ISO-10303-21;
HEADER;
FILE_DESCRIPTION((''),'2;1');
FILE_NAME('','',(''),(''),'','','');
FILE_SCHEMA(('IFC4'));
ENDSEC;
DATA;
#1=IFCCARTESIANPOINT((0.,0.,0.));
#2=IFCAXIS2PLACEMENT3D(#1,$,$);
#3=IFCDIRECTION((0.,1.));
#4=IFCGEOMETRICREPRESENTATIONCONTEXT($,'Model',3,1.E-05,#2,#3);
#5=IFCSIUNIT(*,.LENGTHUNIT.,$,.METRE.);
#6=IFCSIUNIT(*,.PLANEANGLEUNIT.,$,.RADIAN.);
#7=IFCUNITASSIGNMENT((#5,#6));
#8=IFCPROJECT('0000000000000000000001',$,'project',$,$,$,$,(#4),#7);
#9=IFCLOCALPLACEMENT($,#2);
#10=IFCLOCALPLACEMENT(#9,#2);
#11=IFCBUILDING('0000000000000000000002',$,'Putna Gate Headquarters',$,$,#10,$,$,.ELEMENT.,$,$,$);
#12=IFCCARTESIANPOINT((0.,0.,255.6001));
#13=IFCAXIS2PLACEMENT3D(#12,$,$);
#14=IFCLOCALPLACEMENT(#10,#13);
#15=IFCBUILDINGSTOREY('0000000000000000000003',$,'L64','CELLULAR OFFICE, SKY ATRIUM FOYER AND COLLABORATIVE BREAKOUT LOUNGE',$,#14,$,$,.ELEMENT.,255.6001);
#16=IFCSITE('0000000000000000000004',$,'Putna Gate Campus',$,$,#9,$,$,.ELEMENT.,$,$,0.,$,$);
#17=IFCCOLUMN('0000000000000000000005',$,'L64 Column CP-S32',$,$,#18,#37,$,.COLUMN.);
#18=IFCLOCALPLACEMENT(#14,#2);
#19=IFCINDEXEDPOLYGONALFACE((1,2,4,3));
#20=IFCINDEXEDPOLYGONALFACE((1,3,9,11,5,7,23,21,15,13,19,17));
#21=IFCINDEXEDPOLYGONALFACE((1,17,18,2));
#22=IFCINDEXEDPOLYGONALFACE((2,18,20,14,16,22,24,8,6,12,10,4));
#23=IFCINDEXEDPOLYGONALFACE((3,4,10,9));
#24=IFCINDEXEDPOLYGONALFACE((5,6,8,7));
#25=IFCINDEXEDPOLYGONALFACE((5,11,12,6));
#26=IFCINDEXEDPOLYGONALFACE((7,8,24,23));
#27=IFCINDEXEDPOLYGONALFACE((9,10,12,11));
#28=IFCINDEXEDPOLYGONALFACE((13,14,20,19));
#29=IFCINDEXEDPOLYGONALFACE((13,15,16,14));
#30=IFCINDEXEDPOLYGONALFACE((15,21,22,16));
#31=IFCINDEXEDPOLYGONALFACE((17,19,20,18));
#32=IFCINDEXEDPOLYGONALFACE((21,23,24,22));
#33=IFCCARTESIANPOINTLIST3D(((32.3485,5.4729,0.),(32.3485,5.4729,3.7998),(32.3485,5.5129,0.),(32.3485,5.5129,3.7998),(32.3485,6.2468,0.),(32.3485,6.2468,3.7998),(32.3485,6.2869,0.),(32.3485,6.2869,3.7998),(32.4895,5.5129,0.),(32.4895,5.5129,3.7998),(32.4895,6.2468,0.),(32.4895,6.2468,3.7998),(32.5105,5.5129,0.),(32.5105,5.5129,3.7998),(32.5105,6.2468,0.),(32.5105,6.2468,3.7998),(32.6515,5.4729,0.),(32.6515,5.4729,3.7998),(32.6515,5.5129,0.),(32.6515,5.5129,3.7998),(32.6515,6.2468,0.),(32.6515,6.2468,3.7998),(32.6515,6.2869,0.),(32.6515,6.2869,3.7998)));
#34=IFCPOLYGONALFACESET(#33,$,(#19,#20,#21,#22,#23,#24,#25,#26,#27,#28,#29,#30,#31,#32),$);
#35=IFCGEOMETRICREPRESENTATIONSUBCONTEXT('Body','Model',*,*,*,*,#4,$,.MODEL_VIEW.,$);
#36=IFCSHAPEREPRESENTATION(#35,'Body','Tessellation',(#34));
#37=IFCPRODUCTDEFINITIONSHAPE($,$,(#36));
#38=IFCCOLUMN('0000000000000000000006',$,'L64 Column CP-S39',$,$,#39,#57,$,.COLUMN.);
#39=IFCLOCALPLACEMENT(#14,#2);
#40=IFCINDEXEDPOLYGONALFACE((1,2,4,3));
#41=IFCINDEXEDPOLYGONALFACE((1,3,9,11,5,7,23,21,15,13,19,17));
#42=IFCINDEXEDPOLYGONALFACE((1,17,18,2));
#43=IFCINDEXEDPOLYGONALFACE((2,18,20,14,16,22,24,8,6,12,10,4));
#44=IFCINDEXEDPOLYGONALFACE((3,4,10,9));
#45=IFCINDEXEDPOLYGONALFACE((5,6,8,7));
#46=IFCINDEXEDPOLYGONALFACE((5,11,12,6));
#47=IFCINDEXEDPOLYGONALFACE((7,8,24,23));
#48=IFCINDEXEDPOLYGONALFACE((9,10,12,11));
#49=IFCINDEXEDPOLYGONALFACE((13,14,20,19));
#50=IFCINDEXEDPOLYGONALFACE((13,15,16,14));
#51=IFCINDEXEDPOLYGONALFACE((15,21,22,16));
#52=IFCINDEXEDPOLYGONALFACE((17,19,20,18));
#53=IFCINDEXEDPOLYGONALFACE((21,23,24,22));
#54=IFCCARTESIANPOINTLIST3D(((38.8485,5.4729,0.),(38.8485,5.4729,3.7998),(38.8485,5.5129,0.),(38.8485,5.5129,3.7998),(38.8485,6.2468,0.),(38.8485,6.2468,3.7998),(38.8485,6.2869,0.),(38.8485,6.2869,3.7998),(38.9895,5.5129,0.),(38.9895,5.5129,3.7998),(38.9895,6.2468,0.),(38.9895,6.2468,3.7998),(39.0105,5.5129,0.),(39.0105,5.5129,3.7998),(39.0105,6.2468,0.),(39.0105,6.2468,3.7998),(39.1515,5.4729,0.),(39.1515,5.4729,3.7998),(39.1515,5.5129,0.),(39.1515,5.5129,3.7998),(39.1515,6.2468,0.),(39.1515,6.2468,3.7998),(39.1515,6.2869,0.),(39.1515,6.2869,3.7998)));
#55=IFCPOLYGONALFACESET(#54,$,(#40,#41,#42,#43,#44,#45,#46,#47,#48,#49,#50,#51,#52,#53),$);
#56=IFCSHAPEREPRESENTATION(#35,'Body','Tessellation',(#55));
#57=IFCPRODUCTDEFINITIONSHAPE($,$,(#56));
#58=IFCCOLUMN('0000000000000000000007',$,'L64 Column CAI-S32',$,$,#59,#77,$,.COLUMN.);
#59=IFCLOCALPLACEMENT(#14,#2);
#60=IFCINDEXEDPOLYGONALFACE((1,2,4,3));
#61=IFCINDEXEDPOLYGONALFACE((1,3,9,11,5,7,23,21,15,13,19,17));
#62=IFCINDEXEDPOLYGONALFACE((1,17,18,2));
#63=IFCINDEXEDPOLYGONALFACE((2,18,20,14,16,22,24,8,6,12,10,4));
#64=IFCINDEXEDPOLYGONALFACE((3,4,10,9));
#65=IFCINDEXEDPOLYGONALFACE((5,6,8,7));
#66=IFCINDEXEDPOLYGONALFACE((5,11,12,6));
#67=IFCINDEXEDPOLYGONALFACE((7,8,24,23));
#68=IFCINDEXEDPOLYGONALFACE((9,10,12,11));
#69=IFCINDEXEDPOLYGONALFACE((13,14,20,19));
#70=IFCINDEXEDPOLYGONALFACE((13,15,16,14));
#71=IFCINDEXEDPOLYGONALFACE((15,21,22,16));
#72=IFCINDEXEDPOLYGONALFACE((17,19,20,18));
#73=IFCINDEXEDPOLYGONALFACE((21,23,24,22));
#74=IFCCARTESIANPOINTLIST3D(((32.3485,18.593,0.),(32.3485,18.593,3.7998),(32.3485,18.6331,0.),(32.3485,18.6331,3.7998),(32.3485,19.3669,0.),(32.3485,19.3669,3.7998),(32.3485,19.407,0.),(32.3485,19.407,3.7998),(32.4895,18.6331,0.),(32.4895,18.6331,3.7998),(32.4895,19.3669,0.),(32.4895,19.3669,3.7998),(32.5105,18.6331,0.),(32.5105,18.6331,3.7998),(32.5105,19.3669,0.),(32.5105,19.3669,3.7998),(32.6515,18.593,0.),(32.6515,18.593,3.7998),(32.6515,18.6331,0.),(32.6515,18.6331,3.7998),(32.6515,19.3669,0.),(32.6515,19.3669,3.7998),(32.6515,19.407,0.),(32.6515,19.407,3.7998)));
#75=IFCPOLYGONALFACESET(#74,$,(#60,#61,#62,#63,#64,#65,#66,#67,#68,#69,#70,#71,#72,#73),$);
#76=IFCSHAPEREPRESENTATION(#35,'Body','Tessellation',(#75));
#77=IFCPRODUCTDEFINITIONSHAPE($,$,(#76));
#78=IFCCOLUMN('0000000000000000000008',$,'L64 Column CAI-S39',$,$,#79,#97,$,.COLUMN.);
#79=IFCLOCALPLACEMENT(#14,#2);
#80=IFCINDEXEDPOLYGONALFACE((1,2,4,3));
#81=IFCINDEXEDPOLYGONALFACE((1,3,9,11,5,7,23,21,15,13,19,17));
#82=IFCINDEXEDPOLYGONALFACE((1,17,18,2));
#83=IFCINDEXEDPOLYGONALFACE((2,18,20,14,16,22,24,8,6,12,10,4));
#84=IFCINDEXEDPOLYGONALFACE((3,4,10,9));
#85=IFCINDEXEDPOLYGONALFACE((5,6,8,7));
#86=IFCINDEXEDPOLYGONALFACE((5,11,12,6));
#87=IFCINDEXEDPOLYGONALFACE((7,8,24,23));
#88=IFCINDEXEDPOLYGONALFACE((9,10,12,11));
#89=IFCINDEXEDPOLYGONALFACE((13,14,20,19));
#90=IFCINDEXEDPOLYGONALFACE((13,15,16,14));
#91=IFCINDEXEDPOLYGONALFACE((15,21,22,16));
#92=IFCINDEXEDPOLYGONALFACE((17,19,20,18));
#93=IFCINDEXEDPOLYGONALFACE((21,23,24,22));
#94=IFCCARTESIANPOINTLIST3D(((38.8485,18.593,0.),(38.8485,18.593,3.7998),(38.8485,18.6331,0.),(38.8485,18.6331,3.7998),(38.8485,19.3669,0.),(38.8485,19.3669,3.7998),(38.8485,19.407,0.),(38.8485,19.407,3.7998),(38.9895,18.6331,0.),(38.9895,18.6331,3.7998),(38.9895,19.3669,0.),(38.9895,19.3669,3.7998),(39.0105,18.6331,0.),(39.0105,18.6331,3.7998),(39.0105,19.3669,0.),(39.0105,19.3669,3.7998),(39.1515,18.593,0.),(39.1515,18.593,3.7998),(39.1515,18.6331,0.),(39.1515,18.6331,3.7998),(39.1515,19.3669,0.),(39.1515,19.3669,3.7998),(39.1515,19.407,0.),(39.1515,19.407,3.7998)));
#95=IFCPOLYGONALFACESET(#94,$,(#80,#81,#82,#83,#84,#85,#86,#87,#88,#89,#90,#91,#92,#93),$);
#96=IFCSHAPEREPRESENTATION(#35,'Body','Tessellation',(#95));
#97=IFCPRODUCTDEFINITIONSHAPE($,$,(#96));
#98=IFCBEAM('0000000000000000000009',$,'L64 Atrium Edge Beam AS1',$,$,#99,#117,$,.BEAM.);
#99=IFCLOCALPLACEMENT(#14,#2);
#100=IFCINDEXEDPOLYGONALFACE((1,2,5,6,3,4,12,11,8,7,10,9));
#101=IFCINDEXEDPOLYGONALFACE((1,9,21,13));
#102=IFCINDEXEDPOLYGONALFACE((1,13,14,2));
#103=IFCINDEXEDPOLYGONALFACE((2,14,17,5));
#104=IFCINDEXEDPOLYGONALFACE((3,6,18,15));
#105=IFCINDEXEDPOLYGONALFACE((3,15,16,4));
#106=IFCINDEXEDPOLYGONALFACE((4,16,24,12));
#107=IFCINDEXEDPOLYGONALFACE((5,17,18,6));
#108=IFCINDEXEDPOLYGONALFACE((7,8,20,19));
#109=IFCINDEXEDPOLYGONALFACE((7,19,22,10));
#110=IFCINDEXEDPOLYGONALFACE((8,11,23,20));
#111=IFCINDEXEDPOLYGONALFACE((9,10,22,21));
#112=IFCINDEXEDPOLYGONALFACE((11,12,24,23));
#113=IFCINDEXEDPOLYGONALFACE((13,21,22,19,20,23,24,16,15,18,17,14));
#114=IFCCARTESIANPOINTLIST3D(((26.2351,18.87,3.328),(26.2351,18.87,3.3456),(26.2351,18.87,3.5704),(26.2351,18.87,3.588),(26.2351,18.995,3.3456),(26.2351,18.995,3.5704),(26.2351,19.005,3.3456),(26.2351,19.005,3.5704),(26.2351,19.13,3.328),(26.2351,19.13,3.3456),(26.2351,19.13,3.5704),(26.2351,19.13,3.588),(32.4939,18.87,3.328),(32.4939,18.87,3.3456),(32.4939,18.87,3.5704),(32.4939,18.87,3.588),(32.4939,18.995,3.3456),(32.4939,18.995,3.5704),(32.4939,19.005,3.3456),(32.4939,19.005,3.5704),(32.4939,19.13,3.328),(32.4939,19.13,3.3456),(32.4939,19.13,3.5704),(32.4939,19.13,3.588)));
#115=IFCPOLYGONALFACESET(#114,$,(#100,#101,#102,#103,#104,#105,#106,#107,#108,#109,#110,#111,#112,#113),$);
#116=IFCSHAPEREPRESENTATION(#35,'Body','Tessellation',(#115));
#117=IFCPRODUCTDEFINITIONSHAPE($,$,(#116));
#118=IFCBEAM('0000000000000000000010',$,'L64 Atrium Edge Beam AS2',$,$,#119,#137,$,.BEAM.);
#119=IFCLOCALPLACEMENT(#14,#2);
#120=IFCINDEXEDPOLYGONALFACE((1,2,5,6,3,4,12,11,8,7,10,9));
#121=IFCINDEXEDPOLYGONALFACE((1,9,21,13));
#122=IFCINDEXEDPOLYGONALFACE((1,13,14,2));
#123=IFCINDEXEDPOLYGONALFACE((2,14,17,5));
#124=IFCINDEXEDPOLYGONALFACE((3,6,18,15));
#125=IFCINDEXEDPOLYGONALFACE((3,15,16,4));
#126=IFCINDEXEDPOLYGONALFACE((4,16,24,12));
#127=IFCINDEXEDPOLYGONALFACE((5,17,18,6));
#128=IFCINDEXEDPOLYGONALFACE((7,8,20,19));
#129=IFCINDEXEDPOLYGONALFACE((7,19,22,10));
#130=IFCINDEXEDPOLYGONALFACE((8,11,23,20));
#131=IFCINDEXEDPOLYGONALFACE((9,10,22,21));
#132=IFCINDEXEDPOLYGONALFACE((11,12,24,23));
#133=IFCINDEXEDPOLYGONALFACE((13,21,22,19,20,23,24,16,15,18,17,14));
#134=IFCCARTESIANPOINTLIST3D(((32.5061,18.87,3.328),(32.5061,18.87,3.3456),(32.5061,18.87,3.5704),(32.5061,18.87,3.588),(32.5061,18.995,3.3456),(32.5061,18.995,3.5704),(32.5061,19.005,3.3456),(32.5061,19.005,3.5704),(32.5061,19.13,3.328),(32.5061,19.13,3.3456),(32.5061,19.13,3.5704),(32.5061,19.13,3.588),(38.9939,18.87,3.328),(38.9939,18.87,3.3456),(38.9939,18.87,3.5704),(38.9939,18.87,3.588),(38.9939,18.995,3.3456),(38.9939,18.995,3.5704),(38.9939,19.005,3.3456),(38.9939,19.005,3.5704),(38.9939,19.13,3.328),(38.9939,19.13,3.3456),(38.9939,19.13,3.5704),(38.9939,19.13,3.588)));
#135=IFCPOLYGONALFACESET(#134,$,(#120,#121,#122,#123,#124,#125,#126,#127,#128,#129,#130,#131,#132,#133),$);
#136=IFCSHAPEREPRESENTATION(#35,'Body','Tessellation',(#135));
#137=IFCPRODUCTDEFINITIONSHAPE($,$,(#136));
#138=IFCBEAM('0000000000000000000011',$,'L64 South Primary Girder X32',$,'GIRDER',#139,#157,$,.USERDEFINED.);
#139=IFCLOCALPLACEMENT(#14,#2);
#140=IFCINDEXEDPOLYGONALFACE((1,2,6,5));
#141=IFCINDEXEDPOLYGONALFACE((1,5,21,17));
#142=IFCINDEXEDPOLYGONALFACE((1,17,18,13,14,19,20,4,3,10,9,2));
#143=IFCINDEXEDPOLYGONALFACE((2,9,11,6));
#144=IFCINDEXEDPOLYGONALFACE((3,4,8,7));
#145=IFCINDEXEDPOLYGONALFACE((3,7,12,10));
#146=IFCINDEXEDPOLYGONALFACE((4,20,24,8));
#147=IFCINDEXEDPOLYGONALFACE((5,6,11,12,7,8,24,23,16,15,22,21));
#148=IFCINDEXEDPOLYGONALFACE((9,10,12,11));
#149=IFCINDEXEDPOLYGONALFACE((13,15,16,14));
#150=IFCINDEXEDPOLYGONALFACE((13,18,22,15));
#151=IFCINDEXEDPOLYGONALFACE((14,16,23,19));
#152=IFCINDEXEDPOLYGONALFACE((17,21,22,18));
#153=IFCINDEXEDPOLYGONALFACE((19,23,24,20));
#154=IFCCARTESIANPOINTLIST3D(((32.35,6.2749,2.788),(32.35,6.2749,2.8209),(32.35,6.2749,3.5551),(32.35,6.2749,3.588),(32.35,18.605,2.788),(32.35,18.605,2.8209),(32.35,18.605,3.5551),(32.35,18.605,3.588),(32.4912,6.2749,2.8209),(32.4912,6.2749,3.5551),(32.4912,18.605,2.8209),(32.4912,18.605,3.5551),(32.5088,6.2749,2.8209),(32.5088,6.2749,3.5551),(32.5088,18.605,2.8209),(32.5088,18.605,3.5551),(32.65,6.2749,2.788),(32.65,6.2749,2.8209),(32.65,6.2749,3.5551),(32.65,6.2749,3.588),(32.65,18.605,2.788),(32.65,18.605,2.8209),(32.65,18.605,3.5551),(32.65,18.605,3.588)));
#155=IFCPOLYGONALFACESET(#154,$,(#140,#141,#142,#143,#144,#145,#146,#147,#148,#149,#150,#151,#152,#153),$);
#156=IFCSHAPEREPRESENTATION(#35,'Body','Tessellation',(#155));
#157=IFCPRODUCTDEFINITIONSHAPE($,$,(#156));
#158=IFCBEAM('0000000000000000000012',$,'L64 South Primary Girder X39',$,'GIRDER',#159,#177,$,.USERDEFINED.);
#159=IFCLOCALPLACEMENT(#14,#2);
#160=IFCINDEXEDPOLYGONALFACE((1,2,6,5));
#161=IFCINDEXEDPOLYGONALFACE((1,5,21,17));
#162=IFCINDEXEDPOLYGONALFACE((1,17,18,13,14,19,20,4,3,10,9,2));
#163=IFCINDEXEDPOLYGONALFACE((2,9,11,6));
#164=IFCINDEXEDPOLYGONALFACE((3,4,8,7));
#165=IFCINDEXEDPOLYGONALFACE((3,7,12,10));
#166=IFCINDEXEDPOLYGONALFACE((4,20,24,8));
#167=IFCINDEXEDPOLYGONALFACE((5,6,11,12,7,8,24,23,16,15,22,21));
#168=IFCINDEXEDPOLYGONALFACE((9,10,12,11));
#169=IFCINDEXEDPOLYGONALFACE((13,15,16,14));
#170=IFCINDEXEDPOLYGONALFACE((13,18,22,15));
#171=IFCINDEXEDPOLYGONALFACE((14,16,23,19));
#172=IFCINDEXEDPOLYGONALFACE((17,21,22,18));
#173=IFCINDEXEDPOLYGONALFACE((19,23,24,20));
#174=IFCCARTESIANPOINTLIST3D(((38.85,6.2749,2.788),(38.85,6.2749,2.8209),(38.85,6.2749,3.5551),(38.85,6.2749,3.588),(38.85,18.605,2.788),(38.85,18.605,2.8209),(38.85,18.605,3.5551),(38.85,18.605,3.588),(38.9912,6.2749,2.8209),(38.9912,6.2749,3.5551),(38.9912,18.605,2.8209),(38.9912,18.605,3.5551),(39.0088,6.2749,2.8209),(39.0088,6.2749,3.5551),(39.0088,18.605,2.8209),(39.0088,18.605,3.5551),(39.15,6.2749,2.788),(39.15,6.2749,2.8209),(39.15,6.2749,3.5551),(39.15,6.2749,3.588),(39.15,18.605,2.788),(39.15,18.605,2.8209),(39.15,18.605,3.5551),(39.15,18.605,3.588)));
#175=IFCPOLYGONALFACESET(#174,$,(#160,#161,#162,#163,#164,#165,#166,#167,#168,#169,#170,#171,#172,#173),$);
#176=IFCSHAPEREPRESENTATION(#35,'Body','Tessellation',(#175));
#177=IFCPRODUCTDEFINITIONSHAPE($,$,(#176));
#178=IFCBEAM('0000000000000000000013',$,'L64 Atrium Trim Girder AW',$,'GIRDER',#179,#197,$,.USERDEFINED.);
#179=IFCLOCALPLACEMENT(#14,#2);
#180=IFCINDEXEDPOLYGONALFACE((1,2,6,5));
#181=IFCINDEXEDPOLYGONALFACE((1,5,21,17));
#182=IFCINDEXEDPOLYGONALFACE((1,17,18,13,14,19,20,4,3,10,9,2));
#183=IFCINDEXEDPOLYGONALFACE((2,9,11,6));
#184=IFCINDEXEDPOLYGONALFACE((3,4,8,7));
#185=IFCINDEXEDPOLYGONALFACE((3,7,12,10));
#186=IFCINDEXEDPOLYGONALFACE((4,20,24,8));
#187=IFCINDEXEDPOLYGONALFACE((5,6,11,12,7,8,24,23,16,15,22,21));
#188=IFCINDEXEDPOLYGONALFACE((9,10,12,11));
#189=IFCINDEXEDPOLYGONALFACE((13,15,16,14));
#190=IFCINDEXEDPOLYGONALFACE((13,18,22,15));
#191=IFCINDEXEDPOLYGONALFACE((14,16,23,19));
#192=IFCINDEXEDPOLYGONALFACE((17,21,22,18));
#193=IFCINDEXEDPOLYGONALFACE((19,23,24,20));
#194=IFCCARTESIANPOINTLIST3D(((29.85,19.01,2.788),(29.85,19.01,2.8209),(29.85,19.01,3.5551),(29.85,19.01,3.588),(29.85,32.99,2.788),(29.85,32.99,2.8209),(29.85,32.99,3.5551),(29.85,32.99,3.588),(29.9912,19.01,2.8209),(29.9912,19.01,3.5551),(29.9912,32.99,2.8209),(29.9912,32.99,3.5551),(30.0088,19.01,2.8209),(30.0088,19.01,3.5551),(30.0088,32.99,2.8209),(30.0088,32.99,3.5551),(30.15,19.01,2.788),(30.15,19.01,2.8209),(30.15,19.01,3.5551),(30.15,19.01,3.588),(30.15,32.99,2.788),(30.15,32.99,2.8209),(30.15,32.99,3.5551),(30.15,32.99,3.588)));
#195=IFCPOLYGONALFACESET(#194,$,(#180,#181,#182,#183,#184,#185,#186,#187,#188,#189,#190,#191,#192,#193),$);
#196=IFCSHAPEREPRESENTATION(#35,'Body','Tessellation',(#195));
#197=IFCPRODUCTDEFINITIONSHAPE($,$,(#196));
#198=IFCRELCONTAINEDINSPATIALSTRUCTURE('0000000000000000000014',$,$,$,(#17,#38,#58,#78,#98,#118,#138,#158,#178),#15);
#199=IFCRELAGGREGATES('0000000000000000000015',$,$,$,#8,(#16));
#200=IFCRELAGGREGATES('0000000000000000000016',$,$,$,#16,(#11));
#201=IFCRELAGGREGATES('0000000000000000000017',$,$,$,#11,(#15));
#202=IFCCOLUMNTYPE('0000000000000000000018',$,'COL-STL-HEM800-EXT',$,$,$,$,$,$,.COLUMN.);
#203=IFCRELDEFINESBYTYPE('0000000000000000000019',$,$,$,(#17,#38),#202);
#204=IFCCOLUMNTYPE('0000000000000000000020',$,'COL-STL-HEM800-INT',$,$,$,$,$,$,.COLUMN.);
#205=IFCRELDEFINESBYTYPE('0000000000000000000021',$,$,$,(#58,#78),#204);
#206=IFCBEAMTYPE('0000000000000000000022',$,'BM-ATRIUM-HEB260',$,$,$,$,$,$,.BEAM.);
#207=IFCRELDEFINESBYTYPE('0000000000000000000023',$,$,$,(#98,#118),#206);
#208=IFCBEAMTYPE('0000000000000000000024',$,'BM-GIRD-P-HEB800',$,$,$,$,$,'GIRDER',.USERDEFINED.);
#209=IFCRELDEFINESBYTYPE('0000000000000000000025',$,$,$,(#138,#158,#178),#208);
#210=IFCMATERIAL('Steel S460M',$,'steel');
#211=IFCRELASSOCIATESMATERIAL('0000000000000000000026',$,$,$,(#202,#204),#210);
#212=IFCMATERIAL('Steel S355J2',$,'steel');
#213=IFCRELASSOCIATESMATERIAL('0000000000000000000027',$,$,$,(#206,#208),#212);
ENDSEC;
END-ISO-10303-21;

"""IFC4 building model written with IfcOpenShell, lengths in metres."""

from ifc_helpers import new_model, si_unit, direction, frame, origin, origin_2d, place, context, subcontext, project, spatial, i_section, extrude, material, material_profile, profile_set, type_object, element, save


model = new_model("IFC4")

# Units and contexts
model_context = context("Model", 3, precision=1e-05, world=origin(), true_north=direction((0.0, 1.0)))
body_context = subcontext(model_context, "Body", "Model", "MODEL_VIEW")
ifc_project = project(units=[si_unit("LENGTHUNIT", "METRE"), si_unit("PLANEANGLEUNIT", "RADIAN")], contexts=[model_context])

# Site, building, storey
site_placement = place(None, origin())
site = spatial("IfcSite", under=ifc_project, at=site_placement, Name="Putna Gate Campus", CompositionType="ELEMENT", RefElevation=0.0)
building_placement = place(site_placement, origin())
building = spatial("IfcBuilding", under=site, at=building_placement, Name="Putna Gate Headquarters", CompositionType="ELEMENT")
storey_placement = place(building_placement, frame((0.0, 0.0, 255.6001)))
storey = spatial("IfcBuildingStorey", under=building, at=storey_placement, Name="L64", Description="CELLULAR OFFICE, SKY ATRIUM FOYER AND COLLABORATIVE BREAKOUT LOUNGE", CompositionType="ELEMENT", Elevation=255.6001)

# Columns
ifc_material_1 = material(Name="Steel S460M", Category="steel")
ifc_material_profile_1 = material_profile(ifc_material_1, i_section(OverallWidth=0.303, OverallDepth=0.814, WebThickness=0.021, FlangeThickness=0.04, at=origin_2d()), Name="Steel S460M")
ifc_profile_set_1 = profile_set([ifc_material_profile_1], Name="Steel S460M")
column_type_1 = type_object("IfcColumnType", Name="COL-STL-HEM800-EXT", PredefinedType="COLUMN", material=ifc_profile_set_1)
for number, where, z_axis, x_axis, name in (
    (1, (32.5, 5.8799, 0.0), (0.0, 0.0, 1.0), (1.0, 0.0, 0.0), "L64 Column CP-S32"),
    (2, (39.0, 5.8799, 0.0), (0.0, 0.0, 1.0), (1.0, 0.0, 0.0), "L64 Column CP-S39"),
):
    element("IfcColumn", number, at=place(storey_placement, frame(where, z_axis=z_axis, x_axis=x_axis)), inside=storey, type_object=column_type_1, Name=name, PredefinedType="COLUMN", context=body_context, shape_type="SweptSolid", body=[
        extrude(i_section(OverallWidth=0.303, OverallDepth=0.814, WebThickness=0.021, FlangeThickness=0.04, at=origin_2d()), origin(), (0.0, 0.0, 1.0), 3.7998),
    ])
ifc_material_profile_2 = material_profile(ifc_material_1, i_section(OverallWidth=0.303, OverallDepth=0.814, WebThickness=0.021, FlangeThickness=0.04, at=origin_2d()), Name="Steel S460M")
ifc_profile_set_2 = profile_set([ifc_material_profile_2], Name="Steel S460M")
column_type_2 = type_object("IfcColumnType", Name="COL-STL-HEM800-INT", PredefinedType="COLUMN", material=ifc_profile_set_2)
for number, where, z_axis, x_axis, name in (
    (3, (32.5, 19.0, 0.0), (0.0, 0.0, 1.0), (1.0, 0.0, 0.0), "L64 Column CAI-S32"),
    (4, (39.0, 19.0, 0.0), (0.0, 0.0, 1.0), (1.0, 0.0, 0.0), "L64 Column CAI-S39"),
):
    element("IfcColumn", number, at=place(storey_placement, frame(where, z_axis=z_axis, x_axis=x_axis)), inside=storey, type_object=column_type_2, Name=name, PredefinedType="COLUMN", context=body_context, shape_type="SweptSolid", body=[
        extrude(i_section(OverallWidth=0.303, OverallDepth=0.814, WebThickness=0.021, FlangeThickness=0.04, at=origin_2d()), origin(), (0.0, 0.0, 1.0), 3.7998),
    ])

# Beams
ifc_material_2 = material(Name="Steel S355J2", Category="steel")
ifc_material_profile_3 = material_profile(ifc_material_2, i_section(OverallWidth=0.26, OverallDepth=0.26, WebThickness=0.01, FlangeThickness=0.0176, at=origin_2d()), Name="Steel S355J2")
ifc_profile_set_3 = profile_set([ifc_material_profile_3], Name="Steel S355J2")
beam_type_1 = type_object("IfcBeamType", Name="BM-ATRIUM-HEB260", PredefinedType="BEAM", material=ifc_profile_set_3)
beam_1_placement = place(storey_placement, frame((26.2351, 19.0, 3.458), z_axis=(1.0, 0.0, 0.0), x_axis=(0.0, 1.0, 0.0)))
element("IfcBeam", 5, at=beam_1_placement, inside=storey, type_object=beam_type_1, Name="L64 Atrium Edge Beam AS1", PredefinedType="BEAM", context=body_context, shape_type="SweptSolid", body=[
    extrude(i_section(OverallWidth=0.26, OverallDepth=0.26, WebThickness=0.01, FlangeThickness=0.0176, at=origin_2d()), origin(), (0.0, 0.0, 1.0), 6.2588),
])
beam_2_placement = place(storey_placement, frame((32.5061, 19.0, 3.458), z_axis=(1.0, 0.0, 0.0), x_axis=(0.0, 1.0, 0.0)))
element("IfcBeam", 6, at=beam_2_placement, inside=storey, type_object=beam_type_1, Name="L64 Atrium Edge Beam AS2", PredefinedType="BEAM", context=body_context, shape_type="SweptSolid", body=[
    extrude(i_section(OverallWidth=0.26, OverallDepth=0.26, WebThickness=0.01, FlangeThickness=0.0176, at=origin_2d()), origin(), (0.0, 0.0, 1.0), 6.4878),
])
ifc_material_profile_4 = material_profile(ifc_material_2, i_section(OverallWidth=0.3, OverallDepth=0.8, WebThickness=0.0176, FlangeThickness=0.033, at=origin_2d()), Name="Steel S355J2")
ifc_profile_set_4 = profile_set([ifc_material_profile_4], Name="Steel S355J2")
beam_type_2 = type_object("IfcBeamType", Name="BM-GIRD-P-HEB800", ElementType="GIRDER", PredefinedType="USERDEFINED", material=ifc_profile_set_4)
for number, where, z_axis, x_axis, name in (
    (7, (32.5, 6.2749, 3.188), (0.0, 1.0, 0.0), (-1.0, 0.0, 0.0), "L64 South Primary Girder X32"),
    (8, (39.0, 6.2749, 3.188), (0.0, 1.0, 0.0), (-1.0, 0.0, 0.0), "L64 South Primary Girder X39"),
):
    element("IfcBeam", number, at=place(storey_placement, frame(where, z_axis=z_axis, x_axis=x_axis)), inside=storey, type_object=beam_type_2, Name=name, ObjectType="GIRDER", PredefinedType="USERDEFINED", context=body_context, shape_type="SweptSolid", body=[
        extrude(i_section(OverallWidth=0.3, OverallDepth=0.8, WebThickness=0.0176, FlangeThickness=0.033, at=origin_2d()), origin(), (0.0, 0.0, 1.0), 12.3301),
    ])
beam_3_placement = place(storey_placement, frame((30.0, 19.01, 3.188), z_axis=(0.0, 1.0, 0.0), x_axis=(-1.0, 0.0, 0.0)))
element("IfcBeam", 9, at=beam_3_placement, inside=storey, type_object=beam_type_2, Name="L64 Atrium Trim Girder AW", ObjectType="GIRDER", PredefinedType="USERDEFINED", context=body_context, shape_type="SweptSolid", body=[
    extrude(i_section(OverallWidth=0.3, OverallDepth=0.8, WebThickness=0.0176, FlangeThickness=0.033, at=origin_2d()), origin(), (0.0, 0.0, 1.0), 13.98),
])

save(model, "model.ifc")
